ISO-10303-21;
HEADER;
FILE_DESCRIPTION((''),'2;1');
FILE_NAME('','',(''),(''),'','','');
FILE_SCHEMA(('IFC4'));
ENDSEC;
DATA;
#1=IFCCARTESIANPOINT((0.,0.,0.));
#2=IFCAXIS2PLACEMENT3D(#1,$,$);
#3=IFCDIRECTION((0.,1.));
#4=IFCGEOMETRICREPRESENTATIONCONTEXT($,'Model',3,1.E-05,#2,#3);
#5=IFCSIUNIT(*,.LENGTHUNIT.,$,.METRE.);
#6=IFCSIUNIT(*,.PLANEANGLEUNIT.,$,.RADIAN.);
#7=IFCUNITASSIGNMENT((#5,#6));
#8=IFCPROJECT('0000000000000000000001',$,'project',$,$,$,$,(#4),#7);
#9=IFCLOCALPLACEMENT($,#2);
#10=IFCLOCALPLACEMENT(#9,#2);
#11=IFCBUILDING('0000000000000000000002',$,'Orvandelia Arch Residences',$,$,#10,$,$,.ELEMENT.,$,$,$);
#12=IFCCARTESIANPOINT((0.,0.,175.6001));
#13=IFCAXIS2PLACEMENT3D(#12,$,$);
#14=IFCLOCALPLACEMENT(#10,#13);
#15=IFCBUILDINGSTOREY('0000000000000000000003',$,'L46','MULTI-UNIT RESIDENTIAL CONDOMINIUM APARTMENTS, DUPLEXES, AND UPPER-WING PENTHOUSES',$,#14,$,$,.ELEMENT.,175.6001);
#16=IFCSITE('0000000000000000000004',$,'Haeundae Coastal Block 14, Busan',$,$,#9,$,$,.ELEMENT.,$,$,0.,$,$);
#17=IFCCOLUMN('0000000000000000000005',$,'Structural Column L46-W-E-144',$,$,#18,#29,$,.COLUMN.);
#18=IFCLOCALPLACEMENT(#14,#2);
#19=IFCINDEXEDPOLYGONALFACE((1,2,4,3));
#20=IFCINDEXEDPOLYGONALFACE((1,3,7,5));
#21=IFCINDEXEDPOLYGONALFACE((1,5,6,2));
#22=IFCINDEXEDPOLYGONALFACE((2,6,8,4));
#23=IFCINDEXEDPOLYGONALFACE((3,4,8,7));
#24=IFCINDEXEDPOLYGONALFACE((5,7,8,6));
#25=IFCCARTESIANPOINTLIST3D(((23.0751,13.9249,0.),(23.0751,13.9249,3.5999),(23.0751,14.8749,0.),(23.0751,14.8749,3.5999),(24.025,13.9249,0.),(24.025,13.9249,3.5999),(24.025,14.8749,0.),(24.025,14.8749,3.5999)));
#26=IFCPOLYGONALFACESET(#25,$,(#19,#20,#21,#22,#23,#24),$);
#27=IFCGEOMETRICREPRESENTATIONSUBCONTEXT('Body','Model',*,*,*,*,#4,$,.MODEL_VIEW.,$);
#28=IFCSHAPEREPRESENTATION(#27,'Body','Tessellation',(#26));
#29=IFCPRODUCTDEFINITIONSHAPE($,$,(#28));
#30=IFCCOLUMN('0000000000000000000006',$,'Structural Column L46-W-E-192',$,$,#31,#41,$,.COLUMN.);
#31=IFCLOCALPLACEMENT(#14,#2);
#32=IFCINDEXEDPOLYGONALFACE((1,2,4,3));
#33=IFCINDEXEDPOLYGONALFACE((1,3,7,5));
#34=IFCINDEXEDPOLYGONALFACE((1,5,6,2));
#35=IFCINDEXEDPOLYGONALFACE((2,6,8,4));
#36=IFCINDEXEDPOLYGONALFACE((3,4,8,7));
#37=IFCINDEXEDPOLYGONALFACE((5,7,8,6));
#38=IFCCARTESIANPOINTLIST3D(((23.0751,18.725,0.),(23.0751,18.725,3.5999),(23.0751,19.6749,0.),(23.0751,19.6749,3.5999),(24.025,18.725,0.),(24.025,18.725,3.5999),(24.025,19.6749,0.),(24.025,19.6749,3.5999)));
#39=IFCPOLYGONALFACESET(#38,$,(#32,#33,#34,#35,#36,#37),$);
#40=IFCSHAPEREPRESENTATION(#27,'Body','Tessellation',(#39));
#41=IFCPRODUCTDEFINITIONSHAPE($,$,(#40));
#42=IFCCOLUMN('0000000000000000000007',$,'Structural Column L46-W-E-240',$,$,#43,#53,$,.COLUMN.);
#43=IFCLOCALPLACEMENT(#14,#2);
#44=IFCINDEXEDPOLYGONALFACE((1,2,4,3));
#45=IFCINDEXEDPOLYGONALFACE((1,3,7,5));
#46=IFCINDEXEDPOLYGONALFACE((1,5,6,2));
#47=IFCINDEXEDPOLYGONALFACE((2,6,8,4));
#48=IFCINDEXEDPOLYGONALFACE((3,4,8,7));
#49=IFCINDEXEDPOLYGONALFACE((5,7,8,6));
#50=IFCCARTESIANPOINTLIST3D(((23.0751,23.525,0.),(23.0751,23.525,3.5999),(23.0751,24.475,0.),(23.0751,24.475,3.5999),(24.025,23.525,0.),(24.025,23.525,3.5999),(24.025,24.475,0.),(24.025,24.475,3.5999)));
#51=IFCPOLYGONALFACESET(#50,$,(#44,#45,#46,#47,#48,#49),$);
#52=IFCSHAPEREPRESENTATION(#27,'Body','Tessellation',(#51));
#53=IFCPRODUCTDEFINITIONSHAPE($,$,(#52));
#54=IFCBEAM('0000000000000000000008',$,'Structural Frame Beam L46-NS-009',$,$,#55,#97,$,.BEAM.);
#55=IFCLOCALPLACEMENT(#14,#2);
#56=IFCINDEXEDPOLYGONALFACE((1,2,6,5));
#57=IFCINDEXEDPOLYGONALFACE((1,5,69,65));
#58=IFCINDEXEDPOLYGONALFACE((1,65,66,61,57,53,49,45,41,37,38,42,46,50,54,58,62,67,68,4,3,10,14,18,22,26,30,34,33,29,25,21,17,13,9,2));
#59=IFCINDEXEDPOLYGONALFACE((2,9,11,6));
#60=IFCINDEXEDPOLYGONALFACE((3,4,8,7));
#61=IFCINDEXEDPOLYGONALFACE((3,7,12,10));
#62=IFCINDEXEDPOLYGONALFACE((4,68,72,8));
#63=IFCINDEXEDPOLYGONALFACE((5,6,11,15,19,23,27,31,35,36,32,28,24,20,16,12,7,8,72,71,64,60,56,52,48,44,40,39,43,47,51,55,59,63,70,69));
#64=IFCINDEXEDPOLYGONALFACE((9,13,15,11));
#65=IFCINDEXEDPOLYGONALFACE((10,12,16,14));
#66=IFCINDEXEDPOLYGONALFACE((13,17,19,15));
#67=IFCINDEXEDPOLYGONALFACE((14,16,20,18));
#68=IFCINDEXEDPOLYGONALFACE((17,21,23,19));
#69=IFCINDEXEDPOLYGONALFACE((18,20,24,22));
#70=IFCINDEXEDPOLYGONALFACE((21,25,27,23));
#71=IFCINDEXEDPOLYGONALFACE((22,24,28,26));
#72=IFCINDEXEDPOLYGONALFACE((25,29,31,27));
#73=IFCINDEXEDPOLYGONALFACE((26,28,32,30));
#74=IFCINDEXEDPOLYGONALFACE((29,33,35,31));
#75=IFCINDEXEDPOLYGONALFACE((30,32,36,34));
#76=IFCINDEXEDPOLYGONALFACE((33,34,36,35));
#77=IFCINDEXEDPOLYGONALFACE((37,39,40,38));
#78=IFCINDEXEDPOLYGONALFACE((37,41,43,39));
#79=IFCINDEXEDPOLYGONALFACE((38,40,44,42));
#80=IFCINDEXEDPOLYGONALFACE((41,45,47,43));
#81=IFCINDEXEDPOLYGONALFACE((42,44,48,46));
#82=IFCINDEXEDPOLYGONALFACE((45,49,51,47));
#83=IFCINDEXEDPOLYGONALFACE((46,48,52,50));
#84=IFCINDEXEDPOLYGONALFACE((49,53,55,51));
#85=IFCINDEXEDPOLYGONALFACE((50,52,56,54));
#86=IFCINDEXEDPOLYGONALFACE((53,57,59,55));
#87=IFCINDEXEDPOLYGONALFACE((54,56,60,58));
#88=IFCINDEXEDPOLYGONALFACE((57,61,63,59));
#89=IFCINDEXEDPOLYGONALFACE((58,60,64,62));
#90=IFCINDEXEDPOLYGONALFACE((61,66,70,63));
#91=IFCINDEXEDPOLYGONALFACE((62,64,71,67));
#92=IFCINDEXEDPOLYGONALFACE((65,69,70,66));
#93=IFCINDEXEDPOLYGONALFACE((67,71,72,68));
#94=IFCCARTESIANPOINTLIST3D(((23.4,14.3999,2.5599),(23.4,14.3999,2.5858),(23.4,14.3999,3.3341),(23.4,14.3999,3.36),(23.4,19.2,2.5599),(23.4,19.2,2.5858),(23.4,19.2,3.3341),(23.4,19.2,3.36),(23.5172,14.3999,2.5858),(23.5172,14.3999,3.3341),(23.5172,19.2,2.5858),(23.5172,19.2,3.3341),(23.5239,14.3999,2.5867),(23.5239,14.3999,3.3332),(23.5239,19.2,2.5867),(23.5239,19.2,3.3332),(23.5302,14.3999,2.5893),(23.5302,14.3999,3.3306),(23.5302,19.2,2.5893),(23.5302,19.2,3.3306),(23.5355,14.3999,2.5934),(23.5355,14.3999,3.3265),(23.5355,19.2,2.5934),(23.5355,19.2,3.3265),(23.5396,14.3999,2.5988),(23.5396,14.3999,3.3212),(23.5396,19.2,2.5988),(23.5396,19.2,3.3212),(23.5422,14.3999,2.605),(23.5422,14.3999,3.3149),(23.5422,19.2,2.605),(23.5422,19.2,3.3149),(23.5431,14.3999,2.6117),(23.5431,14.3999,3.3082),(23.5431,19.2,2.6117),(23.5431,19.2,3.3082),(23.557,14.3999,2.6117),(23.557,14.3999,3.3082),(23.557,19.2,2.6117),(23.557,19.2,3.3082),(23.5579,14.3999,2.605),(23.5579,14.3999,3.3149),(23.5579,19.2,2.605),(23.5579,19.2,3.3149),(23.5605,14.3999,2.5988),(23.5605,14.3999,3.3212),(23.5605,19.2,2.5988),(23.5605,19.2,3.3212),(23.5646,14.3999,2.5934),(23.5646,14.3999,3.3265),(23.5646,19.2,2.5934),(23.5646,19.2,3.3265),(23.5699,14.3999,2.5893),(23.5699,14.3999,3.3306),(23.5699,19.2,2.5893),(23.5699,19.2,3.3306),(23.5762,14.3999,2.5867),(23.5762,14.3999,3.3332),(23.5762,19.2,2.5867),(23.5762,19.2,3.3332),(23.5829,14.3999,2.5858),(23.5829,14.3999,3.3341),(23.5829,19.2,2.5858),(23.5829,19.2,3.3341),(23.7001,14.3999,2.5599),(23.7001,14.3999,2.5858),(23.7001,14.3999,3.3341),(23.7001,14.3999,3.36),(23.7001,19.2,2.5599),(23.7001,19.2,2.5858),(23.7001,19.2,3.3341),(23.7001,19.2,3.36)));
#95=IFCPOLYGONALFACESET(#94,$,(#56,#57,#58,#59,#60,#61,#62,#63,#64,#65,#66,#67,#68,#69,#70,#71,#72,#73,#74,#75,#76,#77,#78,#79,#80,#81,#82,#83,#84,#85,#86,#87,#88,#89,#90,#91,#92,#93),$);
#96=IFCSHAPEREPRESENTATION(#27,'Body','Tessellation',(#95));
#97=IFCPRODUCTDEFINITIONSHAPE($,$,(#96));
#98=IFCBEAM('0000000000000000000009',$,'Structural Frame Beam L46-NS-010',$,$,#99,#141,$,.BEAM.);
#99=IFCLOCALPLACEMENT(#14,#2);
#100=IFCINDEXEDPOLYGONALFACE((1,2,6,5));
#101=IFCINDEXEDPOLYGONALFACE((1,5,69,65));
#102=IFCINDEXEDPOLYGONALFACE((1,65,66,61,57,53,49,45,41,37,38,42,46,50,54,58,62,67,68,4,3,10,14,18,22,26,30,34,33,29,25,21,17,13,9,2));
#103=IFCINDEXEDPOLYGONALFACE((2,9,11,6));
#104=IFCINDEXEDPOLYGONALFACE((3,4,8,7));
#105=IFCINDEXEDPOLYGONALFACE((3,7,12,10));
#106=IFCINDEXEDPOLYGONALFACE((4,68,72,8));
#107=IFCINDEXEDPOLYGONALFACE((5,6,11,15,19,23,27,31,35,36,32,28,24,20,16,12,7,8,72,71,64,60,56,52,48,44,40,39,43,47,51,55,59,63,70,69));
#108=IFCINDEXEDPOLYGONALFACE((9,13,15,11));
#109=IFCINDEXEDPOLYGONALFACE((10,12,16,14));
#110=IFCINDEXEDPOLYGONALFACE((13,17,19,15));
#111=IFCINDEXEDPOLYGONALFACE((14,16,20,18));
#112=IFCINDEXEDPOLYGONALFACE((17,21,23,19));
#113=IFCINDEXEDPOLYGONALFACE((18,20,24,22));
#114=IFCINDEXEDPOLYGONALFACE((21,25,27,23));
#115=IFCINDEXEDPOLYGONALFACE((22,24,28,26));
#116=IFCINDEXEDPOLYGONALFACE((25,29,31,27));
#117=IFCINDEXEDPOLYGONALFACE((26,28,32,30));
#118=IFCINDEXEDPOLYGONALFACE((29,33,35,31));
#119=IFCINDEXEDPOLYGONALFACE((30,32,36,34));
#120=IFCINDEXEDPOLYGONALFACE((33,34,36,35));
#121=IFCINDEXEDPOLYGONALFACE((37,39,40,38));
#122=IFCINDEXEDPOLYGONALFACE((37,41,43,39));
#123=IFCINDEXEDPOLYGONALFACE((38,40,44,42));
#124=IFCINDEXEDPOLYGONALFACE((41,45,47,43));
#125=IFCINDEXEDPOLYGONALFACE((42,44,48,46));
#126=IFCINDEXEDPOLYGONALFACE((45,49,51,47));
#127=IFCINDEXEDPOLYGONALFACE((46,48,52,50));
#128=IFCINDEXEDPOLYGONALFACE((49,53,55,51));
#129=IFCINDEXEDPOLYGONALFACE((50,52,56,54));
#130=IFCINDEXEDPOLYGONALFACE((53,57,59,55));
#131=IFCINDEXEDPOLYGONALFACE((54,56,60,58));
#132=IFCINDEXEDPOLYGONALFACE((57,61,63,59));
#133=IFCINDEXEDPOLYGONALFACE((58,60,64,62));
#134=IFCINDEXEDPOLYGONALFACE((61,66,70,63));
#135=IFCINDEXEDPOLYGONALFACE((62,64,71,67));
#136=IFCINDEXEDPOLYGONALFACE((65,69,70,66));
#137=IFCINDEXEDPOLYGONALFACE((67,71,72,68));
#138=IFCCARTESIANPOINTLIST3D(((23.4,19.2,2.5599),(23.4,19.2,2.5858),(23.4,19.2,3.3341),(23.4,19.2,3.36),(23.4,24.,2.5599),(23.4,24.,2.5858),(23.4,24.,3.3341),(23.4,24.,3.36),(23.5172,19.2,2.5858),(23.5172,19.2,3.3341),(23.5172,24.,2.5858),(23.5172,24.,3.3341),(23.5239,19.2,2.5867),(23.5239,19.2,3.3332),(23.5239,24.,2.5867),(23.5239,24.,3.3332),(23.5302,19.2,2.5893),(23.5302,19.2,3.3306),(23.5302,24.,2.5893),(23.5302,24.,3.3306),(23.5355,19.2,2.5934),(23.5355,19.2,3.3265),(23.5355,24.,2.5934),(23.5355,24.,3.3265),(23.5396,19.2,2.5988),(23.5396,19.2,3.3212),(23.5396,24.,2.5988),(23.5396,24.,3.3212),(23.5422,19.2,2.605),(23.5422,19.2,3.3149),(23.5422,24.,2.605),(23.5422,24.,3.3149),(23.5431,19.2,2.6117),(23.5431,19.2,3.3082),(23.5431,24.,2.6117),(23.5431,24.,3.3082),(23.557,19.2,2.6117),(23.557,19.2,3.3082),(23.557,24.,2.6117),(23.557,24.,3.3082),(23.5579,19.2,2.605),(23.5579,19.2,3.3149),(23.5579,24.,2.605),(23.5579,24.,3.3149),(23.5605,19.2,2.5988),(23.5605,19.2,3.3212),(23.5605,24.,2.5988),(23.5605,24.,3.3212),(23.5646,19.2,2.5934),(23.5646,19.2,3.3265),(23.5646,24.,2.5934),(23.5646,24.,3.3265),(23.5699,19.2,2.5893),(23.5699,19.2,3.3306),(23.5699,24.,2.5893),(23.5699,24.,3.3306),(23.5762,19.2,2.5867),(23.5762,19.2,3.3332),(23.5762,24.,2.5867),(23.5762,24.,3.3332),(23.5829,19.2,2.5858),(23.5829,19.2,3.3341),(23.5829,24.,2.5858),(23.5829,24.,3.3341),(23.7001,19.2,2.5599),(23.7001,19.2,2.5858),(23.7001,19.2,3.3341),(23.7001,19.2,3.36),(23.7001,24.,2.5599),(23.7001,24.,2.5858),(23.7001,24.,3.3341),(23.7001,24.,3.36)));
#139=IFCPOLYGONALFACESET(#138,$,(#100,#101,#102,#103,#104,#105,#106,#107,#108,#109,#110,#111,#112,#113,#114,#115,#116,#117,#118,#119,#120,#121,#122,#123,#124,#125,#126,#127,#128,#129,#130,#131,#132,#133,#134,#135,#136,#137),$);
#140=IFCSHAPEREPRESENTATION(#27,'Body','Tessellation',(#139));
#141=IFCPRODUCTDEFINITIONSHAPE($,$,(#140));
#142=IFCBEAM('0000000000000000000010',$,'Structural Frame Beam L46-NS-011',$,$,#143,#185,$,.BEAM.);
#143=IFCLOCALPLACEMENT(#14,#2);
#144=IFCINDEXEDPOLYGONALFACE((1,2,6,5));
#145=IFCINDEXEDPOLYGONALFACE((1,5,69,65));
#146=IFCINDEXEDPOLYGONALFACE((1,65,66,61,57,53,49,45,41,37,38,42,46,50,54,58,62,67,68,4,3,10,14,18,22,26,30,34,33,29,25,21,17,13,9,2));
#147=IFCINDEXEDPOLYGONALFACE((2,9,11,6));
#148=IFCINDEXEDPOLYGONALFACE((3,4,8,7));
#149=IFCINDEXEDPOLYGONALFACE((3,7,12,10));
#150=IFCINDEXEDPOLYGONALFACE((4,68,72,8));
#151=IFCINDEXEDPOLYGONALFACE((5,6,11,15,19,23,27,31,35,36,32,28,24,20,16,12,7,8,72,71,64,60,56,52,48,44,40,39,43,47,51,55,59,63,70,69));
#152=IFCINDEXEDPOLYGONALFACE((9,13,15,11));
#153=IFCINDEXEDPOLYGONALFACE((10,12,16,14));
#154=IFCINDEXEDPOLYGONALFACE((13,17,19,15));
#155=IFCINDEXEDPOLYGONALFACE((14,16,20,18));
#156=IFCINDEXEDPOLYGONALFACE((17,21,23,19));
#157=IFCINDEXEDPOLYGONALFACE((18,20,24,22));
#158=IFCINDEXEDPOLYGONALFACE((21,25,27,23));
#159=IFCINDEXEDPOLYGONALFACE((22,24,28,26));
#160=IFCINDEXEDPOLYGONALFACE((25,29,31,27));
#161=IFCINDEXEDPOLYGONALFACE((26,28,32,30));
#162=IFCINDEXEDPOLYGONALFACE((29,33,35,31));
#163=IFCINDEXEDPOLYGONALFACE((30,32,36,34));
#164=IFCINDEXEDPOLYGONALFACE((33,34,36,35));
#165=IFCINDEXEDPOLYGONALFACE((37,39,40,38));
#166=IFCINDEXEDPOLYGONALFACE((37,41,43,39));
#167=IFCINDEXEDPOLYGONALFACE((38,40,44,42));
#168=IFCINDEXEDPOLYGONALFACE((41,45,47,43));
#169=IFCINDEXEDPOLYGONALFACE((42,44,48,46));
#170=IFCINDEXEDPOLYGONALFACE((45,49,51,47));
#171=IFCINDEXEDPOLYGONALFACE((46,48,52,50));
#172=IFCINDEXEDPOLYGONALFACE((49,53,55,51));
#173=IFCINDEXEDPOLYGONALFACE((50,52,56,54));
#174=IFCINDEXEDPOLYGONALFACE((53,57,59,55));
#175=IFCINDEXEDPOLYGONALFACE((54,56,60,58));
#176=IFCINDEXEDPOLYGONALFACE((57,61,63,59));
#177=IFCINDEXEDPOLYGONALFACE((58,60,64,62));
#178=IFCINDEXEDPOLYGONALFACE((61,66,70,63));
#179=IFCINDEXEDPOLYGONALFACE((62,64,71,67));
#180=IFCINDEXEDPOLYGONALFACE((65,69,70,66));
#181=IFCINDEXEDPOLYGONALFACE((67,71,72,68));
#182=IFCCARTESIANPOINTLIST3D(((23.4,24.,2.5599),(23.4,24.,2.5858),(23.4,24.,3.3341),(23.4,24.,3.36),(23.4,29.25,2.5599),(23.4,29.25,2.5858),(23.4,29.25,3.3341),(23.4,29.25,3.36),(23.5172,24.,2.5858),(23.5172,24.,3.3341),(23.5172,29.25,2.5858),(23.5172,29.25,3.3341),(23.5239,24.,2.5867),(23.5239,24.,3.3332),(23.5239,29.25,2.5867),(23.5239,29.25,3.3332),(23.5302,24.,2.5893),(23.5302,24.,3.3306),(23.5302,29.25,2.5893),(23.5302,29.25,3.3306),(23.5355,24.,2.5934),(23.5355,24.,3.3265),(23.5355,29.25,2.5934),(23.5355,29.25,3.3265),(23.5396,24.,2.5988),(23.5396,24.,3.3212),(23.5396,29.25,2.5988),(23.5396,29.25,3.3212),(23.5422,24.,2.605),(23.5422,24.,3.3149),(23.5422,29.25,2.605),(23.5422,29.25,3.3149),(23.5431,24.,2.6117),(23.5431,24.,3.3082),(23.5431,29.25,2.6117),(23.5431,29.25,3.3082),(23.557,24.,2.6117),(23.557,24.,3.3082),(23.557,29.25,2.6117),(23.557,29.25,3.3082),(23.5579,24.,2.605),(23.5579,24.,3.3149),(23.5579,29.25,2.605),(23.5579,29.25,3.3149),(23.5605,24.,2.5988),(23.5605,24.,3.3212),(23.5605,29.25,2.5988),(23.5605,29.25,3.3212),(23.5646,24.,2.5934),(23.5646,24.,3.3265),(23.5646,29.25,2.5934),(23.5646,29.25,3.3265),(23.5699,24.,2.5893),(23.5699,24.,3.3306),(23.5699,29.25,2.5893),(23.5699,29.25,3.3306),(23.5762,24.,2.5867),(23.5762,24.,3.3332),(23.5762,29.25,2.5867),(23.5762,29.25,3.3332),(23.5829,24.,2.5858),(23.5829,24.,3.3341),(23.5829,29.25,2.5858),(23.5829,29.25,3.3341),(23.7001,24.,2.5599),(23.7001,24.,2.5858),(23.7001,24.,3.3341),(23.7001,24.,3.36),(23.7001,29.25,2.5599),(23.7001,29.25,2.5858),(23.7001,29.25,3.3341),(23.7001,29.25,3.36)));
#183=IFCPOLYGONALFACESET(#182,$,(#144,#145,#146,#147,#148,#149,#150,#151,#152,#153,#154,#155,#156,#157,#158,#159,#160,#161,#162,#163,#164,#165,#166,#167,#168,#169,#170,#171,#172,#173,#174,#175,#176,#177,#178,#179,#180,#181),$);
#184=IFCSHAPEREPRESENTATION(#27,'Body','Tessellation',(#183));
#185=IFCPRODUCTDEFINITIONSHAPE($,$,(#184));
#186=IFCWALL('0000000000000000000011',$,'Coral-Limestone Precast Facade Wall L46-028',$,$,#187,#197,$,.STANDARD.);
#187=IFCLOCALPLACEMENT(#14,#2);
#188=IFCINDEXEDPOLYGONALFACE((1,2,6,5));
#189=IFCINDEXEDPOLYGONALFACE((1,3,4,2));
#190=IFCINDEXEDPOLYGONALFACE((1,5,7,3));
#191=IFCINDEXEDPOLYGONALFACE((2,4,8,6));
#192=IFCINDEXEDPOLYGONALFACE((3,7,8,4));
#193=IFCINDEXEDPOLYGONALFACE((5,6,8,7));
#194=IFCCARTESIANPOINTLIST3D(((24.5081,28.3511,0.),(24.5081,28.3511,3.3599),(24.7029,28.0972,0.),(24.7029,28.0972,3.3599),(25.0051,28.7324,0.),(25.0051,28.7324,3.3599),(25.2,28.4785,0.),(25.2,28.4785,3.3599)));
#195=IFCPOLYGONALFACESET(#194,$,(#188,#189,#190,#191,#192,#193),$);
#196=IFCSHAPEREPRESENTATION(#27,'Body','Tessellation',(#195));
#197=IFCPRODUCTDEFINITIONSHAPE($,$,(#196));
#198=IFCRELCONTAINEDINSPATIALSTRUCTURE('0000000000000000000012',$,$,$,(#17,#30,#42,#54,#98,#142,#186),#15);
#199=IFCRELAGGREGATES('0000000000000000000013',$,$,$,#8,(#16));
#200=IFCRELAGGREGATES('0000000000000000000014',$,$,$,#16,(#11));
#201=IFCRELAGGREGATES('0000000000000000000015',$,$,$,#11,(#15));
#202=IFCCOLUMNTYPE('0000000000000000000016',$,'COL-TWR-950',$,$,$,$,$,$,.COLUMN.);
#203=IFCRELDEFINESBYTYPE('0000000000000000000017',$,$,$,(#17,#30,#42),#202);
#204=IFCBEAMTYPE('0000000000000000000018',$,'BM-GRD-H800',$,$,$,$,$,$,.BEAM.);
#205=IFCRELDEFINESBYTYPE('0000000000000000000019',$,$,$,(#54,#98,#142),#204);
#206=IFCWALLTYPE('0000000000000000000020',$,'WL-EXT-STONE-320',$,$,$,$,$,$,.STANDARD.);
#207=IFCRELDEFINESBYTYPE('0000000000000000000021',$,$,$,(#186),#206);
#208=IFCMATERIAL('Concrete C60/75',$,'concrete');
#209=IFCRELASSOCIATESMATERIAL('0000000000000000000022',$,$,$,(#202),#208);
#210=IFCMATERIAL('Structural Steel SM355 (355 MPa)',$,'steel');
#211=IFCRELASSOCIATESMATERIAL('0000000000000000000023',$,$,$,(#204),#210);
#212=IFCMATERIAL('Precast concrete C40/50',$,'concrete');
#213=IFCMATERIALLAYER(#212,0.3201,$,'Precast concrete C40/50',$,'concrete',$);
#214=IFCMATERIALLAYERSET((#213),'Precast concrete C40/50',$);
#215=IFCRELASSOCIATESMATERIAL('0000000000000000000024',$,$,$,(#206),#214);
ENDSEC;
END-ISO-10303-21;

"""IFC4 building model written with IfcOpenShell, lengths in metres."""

from ifc_helpers import new_model, si_unit, direction, frame, frame_2d, origin, origin_2d, place, context, subcontext, project, spatial, rectangle, i_section, extrude, material, layer, layer_set, material_profile, profile_set, type_object, element, save


model = new_model("IFC4")

# Units and contexts
model_context = context("Model", 3, precision=1e-05, world=origin(), true_north=direction((0.0, 1.0)))
body_context = subcontext(model_context, "Body", "Model", "MODEL_VIEW")
ifc_project = project(units=[si_unit("LENGTHUNIT", "METRE"), si_unit("PLANEANGLEUNIT", "RADIAN")], contexts=[model_context])

# Site, building, storey
site_placement = place(None, origin())
site = spatial("IfcSite", under=ifc_project, at=site_placement, Name="Haeundae Coastal Block 14, Busan", CompositionType="ELEMENT", RefElevation=0.0)
building_placement = place(site_placement, origin())
building = spatial("IfcBuilding", under=site, at=building_placement, Name="Orvandelia Arch Residences", CompositionType="ELEMENT")
storey_placement = place(building_placement, frame((0.0, 0.0, 175.6001)))
storey = spatial("IfcBuildingStorey", under=building, at=storey_placement, Name="L46", Description="MULTI-UNIT RESIDENTIAL CONDOMINIUM APARTMENTS, DUPLEXES, AND UPPER-WING PENTHOUSES", CompositionType="ELEMENT", Elevation=175.6001)

# Columns
ifc_material_1 = material(Name="Concrete C60/75", Category="concrete")
ifc_material_profile_1 = material_profile(ifc_material_1, rectangle(XDim=0.95, YDim=0.95, at=origin_2d()), Name="Concrete C60/75", Category="concrete")
ifc_profile_set_1 = profile_set([ifc_material_profile_1], Name="Concrete C60/75")
column_type = type_object("IfcColumnType", Name="COL-TWR-950", PredefinedType="COLUMN", material=ifc_profile_set_1)
for number, where, z_axis, x_axis, name in (
    (1, (23.55, 14.3999, 0.0), (0.0, 0.0, 1.0), (1.0, 0.0, 0.0), "Structural Column L46-W-E-144"),
    (2, (23.55, 19.2, 0.0), (0.0, 0.0, 1.0), (1.0, 0.0, 0.0), "Structural Column L46-W-E-192"),
    (3, (23.55, 24.0, 0.0), (0.0, 0.0, 1.0), (1.0, 0.0, 0.0), "Structural Column L46-W-E-240"),
):
    element("IfcColumn", number, at=place(storey_placement, frame(where, z_axis=z_axis, x_axis=x_axis)), inside=storey, type_object=column_type, Name=name, PredefinedType="COLUMN", context=body_context, shape_type="SweptSolid", body=[
        extrude(rectangle(XDim=0.95, YDim=0.95, at=origin_2d()), origin(), (0.0, 0.0, 1.0), 3.5999),
    ])

# Beams
ifc_material_2 = material(Name="Structural Steel SM355 (355 MPa)", Category="steel")
ifc_material_profile_2 = material_profile(ifc_material_2, i_section(OverallWidth=0.3, OverallDepth=0.8, WebThickness=0.0139, FlangeThickness=0.0259, FilletRadius=0.0259, at=origin_2d()), Name="Structural Steel SM355 (355 MPa)", Category="steel")
ifc_profile_set_2 = profile_set([ifc_material_profile_2], Name="Structural Steel SM355 (355 MPa)")
beam_type = type_object("IfcBeamType", Name="BM-GRD-H800", PredefinedType="BEAM", material=ifc_profile_set_2)
for number, where, z_axis, x_axis, name in (
    (4, (23.55, 14.3999, 2.96), (0.0, 1.0, 0.0), (-1.0, 0.0, 0.0), "Structural Frame Beam L46-NS-009"),
    (5, (23.55, 19.2, 2.96), (0.0, 1.0, 0.0), (-1.0, 0.0, 0.0), "Structural Frame Beam L46-NS-010"),
):
    element("IfcBeam", number, at=place(storey_placement, frame(where, z_axis=z_axis, x_axis=x_axis)), inside=storey, type_object=beam_type, Name=name, PredefinedType="BEAM", context=body_context, shape_type="SweptSolid", body=[
        extrude(i_section(OverallWidth=0.3, OverallDepth=0.8, WebThickness=0.0139, FlangeThickness=0.0259, FilletRadius=0.0259, at=origin_2d()), origin(), (0.0, 0.0, 1.0), 4.8),
    ])
beam_placement = place(storey_placement, frame((23.55, 24.0, 2.96), z_axis=(0.0, 1.0, 0.0), x_axis=(-1.0, 0.0, 0.0)))
element("IfcBeam", 6, at=beam_placement, inside=storey, type_object=beam_type, Name="Structural Frame Beam L46-NS-011", PredefinedType="BEAM", context=body_context, shape_type="SweptSolid", body=[
    extrude(i_section(OverallWidth=0.3, OverallDepth=0.8, WebThickness=0.0139, FlangeThickness=0.0259, FilletRadius=0.0259, at=origin_2d()), origin(), (0.0, 0.0, 1.0), 5.25),
])

# Wall
ifc_material_3 = material(Name="Precast concrete C40/50", Category="concrete")
ifc_layer = layer(ifc_material_3, 0.3201, Name="Precast concrete C40/50", Category="concrete")
ifc_layer_set = layer_set([ifc_layer], Name="Precast concrete C40/50")
wall_type = type_object("IfcWallType", Name="WL-EXT-STONE-320", PredefinedType="STANDARD", material=ifc_layer_set)
for number, where, z_axis, x_axis, name in (
    (7, (25.1025, 28.6055, 0.0), (0.0, 0.0, 1.0), (-0.793406, -0.608693, 0.0), "Coral-Limestone Precast Facade Wall L46-028"),
):
    element("IfcWall", number, at=place(storey_placement, frame(where, z_axis=z_axis, x_axis=x_axis)), inside=storey, type_object=wall_type, Name=name, PredefinedType="STANDARD", context=body_context, shape_type="SweptSolid", body=[
        extrude(rectangle(XDim=0.6265, YDim=0.3201, at=frame_2d((0.3132, 0.0))), origin(), (0.0, 0.0, 1.0), 3.3599),
    ])

save(model, "model.ifc")
